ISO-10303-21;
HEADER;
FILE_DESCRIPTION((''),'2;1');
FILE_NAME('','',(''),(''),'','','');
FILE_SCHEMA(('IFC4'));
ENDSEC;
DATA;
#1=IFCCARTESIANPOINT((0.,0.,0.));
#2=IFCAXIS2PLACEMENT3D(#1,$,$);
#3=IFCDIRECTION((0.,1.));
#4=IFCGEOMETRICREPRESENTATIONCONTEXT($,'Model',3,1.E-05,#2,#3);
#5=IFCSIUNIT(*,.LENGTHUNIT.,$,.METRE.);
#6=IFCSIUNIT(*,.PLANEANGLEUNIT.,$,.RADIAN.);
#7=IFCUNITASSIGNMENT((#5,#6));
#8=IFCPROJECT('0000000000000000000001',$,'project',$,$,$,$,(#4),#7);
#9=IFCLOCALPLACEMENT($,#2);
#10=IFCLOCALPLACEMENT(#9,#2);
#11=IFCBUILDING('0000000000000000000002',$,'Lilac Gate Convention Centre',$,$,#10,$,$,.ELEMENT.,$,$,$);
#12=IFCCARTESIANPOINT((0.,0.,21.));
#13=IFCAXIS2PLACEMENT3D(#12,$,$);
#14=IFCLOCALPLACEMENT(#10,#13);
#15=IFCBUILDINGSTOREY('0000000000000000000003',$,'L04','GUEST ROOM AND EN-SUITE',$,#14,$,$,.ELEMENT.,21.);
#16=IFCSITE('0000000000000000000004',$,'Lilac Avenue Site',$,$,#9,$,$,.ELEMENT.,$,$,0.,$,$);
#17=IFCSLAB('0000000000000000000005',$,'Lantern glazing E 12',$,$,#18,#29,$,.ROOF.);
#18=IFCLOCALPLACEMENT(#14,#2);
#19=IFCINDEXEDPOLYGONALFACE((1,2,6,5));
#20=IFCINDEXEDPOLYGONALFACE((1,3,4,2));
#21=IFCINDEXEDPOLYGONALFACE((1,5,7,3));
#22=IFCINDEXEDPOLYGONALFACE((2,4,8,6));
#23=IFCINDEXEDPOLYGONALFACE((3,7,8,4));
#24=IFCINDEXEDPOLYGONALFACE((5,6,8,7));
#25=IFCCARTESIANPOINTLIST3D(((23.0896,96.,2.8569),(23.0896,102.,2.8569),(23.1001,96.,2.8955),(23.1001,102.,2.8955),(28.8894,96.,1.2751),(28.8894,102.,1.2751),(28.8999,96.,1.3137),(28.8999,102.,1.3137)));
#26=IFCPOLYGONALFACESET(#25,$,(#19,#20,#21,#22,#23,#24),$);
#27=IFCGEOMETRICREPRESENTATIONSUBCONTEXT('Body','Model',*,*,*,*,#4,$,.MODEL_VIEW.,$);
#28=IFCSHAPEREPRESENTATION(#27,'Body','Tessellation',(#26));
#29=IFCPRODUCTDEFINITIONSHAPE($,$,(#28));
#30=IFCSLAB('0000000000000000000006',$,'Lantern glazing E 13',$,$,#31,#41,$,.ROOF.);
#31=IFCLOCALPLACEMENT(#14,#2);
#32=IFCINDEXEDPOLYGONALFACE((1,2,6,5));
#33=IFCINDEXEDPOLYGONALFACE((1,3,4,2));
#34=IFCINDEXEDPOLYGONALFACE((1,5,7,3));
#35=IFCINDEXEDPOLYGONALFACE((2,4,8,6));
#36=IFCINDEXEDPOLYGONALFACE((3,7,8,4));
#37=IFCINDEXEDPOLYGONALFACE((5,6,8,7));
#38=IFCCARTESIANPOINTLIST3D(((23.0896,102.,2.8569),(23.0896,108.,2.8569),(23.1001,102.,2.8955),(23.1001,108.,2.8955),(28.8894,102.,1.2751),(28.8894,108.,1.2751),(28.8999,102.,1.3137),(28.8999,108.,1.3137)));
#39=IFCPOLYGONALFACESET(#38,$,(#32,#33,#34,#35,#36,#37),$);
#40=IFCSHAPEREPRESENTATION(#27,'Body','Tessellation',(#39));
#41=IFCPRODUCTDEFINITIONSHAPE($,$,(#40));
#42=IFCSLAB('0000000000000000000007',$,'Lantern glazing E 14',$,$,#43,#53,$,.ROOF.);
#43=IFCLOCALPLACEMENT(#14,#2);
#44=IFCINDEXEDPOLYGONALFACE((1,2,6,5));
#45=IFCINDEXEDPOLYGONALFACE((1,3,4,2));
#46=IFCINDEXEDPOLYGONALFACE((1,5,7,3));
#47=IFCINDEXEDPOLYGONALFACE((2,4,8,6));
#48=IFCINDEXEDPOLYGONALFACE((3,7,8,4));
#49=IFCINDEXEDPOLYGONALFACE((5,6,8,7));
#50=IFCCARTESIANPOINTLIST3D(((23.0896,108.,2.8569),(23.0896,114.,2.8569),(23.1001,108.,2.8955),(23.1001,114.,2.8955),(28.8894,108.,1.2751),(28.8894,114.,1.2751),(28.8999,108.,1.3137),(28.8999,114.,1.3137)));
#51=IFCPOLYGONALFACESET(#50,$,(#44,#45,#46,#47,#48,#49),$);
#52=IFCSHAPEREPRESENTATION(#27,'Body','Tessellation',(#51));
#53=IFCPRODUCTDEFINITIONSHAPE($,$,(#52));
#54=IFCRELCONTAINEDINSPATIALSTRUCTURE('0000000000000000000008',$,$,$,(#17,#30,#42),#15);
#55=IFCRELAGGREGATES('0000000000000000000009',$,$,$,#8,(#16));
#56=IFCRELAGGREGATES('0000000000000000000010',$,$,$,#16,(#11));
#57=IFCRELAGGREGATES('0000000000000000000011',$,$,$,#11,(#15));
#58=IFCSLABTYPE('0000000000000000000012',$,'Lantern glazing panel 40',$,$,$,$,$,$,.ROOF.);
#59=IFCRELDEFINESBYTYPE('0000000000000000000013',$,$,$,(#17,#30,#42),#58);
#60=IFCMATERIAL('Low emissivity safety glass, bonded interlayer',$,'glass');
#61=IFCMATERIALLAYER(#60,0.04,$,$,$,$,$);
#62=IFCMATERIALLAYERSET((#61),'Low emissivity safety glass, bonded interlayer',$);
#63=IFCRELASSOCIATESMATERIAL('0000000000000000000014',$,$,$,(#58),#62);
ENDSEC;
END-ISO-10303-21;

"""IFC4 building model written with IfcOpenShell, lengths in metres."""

from ifc_helpers import new_model, si_unit, direction, frame, origin, place, context, subcontext, project, spatial, polyline, outline, extrude, material, layer, layer_set, type_object, element, save


model = new_model("IFC4")

# Units and contexts
model_context = context("Model", 3, precision=1e-05, world=origin(), true_north=direction((0.0, 1.0)))
body_context = subcontext(model_context, "Body", "Model", "MODEL_VIEW")
ifc_project = project(units=[si_unit("LENGTHUNIT", "METRE"), si_unit("PLANEANGLEUNIT", "RADIAN")], contexts=[model_context])

# Site, building, storey
site_placement = place(None, origin())
site = spatial("IfcSite", under=ifc_project, at=site_placement, Name="Lilac Avenue Site", CompositionType="ELEMENT", RefElevation=0.0)
building_placement = place(site_placement, origin())
building = spatial("IfcBuilding", under=site, at=building_placement, Name="Lilac Gate Convention Centre", CompositionType="ELEMENT")
storey_placement = place(building_placement, frame((0.0, 0.0, 21.0)))
storey = spatial("IfcBuildingStorey", under=building, at=storey_placement, Name="L04", Description="GUEST ROOM AND EN-SUITE", CompositionType="ELEMENT", Elevation=21.0)

# Slabs
ifc_material_1 = material(Name="Low emissivity safety glass, bonded interlayer", Category="glass")
ifc_layer_1 = layer(ifc_material_1, 0.04)
ifc_layer_set_1 = layer_set([ifc_layer_1], Name="Low emissivity safety glass, bonded interlayer")
slab_type = type_object("IfcSlabType", Name="Lantern glazing panel 40", PredefinedType="ROOF", material=ifc_layer_set_1)
for number, where, z_axis, x_axis, name in (
    (1, (23.1001, 96.0, 2.8955), (0.263121, 0.0, 0.964763), (0.964763, 0.0, -0.263121), "Lantern glazing E 12"),
    (2, (23.1001, 102.0, 2.8955), (0.263121, 0.0, 0.964763), (0.964763, 0.0, -0.263121), "Lantern glazing E 13"),
    (3, (23.1001, 108.0, 2.8955), (0.263121, 0.0, 0.964763), (0.964763, 0.0, -0.263121), "Lantern glazing E 14"),
):
    element("IfcSlab", number, at=place(storey_placement, frame(where, z_axis=z_axis, x_axis=x_axis)), inside=storey, type_object=slab_type, Name=name, PredefinedType="ROOF", context=body_context, shape_type="SweptSolid", body=[
        extrude(outline(polyline([(0.0, 0.0), (6.0116, 0.0), (6.0116, 6.0), (0.0, 6.0), (0.0, 0.0)])), origin(), (0.0, 0.0, -1.0), 0.04),
    ])

save(model, "model.ifc")
